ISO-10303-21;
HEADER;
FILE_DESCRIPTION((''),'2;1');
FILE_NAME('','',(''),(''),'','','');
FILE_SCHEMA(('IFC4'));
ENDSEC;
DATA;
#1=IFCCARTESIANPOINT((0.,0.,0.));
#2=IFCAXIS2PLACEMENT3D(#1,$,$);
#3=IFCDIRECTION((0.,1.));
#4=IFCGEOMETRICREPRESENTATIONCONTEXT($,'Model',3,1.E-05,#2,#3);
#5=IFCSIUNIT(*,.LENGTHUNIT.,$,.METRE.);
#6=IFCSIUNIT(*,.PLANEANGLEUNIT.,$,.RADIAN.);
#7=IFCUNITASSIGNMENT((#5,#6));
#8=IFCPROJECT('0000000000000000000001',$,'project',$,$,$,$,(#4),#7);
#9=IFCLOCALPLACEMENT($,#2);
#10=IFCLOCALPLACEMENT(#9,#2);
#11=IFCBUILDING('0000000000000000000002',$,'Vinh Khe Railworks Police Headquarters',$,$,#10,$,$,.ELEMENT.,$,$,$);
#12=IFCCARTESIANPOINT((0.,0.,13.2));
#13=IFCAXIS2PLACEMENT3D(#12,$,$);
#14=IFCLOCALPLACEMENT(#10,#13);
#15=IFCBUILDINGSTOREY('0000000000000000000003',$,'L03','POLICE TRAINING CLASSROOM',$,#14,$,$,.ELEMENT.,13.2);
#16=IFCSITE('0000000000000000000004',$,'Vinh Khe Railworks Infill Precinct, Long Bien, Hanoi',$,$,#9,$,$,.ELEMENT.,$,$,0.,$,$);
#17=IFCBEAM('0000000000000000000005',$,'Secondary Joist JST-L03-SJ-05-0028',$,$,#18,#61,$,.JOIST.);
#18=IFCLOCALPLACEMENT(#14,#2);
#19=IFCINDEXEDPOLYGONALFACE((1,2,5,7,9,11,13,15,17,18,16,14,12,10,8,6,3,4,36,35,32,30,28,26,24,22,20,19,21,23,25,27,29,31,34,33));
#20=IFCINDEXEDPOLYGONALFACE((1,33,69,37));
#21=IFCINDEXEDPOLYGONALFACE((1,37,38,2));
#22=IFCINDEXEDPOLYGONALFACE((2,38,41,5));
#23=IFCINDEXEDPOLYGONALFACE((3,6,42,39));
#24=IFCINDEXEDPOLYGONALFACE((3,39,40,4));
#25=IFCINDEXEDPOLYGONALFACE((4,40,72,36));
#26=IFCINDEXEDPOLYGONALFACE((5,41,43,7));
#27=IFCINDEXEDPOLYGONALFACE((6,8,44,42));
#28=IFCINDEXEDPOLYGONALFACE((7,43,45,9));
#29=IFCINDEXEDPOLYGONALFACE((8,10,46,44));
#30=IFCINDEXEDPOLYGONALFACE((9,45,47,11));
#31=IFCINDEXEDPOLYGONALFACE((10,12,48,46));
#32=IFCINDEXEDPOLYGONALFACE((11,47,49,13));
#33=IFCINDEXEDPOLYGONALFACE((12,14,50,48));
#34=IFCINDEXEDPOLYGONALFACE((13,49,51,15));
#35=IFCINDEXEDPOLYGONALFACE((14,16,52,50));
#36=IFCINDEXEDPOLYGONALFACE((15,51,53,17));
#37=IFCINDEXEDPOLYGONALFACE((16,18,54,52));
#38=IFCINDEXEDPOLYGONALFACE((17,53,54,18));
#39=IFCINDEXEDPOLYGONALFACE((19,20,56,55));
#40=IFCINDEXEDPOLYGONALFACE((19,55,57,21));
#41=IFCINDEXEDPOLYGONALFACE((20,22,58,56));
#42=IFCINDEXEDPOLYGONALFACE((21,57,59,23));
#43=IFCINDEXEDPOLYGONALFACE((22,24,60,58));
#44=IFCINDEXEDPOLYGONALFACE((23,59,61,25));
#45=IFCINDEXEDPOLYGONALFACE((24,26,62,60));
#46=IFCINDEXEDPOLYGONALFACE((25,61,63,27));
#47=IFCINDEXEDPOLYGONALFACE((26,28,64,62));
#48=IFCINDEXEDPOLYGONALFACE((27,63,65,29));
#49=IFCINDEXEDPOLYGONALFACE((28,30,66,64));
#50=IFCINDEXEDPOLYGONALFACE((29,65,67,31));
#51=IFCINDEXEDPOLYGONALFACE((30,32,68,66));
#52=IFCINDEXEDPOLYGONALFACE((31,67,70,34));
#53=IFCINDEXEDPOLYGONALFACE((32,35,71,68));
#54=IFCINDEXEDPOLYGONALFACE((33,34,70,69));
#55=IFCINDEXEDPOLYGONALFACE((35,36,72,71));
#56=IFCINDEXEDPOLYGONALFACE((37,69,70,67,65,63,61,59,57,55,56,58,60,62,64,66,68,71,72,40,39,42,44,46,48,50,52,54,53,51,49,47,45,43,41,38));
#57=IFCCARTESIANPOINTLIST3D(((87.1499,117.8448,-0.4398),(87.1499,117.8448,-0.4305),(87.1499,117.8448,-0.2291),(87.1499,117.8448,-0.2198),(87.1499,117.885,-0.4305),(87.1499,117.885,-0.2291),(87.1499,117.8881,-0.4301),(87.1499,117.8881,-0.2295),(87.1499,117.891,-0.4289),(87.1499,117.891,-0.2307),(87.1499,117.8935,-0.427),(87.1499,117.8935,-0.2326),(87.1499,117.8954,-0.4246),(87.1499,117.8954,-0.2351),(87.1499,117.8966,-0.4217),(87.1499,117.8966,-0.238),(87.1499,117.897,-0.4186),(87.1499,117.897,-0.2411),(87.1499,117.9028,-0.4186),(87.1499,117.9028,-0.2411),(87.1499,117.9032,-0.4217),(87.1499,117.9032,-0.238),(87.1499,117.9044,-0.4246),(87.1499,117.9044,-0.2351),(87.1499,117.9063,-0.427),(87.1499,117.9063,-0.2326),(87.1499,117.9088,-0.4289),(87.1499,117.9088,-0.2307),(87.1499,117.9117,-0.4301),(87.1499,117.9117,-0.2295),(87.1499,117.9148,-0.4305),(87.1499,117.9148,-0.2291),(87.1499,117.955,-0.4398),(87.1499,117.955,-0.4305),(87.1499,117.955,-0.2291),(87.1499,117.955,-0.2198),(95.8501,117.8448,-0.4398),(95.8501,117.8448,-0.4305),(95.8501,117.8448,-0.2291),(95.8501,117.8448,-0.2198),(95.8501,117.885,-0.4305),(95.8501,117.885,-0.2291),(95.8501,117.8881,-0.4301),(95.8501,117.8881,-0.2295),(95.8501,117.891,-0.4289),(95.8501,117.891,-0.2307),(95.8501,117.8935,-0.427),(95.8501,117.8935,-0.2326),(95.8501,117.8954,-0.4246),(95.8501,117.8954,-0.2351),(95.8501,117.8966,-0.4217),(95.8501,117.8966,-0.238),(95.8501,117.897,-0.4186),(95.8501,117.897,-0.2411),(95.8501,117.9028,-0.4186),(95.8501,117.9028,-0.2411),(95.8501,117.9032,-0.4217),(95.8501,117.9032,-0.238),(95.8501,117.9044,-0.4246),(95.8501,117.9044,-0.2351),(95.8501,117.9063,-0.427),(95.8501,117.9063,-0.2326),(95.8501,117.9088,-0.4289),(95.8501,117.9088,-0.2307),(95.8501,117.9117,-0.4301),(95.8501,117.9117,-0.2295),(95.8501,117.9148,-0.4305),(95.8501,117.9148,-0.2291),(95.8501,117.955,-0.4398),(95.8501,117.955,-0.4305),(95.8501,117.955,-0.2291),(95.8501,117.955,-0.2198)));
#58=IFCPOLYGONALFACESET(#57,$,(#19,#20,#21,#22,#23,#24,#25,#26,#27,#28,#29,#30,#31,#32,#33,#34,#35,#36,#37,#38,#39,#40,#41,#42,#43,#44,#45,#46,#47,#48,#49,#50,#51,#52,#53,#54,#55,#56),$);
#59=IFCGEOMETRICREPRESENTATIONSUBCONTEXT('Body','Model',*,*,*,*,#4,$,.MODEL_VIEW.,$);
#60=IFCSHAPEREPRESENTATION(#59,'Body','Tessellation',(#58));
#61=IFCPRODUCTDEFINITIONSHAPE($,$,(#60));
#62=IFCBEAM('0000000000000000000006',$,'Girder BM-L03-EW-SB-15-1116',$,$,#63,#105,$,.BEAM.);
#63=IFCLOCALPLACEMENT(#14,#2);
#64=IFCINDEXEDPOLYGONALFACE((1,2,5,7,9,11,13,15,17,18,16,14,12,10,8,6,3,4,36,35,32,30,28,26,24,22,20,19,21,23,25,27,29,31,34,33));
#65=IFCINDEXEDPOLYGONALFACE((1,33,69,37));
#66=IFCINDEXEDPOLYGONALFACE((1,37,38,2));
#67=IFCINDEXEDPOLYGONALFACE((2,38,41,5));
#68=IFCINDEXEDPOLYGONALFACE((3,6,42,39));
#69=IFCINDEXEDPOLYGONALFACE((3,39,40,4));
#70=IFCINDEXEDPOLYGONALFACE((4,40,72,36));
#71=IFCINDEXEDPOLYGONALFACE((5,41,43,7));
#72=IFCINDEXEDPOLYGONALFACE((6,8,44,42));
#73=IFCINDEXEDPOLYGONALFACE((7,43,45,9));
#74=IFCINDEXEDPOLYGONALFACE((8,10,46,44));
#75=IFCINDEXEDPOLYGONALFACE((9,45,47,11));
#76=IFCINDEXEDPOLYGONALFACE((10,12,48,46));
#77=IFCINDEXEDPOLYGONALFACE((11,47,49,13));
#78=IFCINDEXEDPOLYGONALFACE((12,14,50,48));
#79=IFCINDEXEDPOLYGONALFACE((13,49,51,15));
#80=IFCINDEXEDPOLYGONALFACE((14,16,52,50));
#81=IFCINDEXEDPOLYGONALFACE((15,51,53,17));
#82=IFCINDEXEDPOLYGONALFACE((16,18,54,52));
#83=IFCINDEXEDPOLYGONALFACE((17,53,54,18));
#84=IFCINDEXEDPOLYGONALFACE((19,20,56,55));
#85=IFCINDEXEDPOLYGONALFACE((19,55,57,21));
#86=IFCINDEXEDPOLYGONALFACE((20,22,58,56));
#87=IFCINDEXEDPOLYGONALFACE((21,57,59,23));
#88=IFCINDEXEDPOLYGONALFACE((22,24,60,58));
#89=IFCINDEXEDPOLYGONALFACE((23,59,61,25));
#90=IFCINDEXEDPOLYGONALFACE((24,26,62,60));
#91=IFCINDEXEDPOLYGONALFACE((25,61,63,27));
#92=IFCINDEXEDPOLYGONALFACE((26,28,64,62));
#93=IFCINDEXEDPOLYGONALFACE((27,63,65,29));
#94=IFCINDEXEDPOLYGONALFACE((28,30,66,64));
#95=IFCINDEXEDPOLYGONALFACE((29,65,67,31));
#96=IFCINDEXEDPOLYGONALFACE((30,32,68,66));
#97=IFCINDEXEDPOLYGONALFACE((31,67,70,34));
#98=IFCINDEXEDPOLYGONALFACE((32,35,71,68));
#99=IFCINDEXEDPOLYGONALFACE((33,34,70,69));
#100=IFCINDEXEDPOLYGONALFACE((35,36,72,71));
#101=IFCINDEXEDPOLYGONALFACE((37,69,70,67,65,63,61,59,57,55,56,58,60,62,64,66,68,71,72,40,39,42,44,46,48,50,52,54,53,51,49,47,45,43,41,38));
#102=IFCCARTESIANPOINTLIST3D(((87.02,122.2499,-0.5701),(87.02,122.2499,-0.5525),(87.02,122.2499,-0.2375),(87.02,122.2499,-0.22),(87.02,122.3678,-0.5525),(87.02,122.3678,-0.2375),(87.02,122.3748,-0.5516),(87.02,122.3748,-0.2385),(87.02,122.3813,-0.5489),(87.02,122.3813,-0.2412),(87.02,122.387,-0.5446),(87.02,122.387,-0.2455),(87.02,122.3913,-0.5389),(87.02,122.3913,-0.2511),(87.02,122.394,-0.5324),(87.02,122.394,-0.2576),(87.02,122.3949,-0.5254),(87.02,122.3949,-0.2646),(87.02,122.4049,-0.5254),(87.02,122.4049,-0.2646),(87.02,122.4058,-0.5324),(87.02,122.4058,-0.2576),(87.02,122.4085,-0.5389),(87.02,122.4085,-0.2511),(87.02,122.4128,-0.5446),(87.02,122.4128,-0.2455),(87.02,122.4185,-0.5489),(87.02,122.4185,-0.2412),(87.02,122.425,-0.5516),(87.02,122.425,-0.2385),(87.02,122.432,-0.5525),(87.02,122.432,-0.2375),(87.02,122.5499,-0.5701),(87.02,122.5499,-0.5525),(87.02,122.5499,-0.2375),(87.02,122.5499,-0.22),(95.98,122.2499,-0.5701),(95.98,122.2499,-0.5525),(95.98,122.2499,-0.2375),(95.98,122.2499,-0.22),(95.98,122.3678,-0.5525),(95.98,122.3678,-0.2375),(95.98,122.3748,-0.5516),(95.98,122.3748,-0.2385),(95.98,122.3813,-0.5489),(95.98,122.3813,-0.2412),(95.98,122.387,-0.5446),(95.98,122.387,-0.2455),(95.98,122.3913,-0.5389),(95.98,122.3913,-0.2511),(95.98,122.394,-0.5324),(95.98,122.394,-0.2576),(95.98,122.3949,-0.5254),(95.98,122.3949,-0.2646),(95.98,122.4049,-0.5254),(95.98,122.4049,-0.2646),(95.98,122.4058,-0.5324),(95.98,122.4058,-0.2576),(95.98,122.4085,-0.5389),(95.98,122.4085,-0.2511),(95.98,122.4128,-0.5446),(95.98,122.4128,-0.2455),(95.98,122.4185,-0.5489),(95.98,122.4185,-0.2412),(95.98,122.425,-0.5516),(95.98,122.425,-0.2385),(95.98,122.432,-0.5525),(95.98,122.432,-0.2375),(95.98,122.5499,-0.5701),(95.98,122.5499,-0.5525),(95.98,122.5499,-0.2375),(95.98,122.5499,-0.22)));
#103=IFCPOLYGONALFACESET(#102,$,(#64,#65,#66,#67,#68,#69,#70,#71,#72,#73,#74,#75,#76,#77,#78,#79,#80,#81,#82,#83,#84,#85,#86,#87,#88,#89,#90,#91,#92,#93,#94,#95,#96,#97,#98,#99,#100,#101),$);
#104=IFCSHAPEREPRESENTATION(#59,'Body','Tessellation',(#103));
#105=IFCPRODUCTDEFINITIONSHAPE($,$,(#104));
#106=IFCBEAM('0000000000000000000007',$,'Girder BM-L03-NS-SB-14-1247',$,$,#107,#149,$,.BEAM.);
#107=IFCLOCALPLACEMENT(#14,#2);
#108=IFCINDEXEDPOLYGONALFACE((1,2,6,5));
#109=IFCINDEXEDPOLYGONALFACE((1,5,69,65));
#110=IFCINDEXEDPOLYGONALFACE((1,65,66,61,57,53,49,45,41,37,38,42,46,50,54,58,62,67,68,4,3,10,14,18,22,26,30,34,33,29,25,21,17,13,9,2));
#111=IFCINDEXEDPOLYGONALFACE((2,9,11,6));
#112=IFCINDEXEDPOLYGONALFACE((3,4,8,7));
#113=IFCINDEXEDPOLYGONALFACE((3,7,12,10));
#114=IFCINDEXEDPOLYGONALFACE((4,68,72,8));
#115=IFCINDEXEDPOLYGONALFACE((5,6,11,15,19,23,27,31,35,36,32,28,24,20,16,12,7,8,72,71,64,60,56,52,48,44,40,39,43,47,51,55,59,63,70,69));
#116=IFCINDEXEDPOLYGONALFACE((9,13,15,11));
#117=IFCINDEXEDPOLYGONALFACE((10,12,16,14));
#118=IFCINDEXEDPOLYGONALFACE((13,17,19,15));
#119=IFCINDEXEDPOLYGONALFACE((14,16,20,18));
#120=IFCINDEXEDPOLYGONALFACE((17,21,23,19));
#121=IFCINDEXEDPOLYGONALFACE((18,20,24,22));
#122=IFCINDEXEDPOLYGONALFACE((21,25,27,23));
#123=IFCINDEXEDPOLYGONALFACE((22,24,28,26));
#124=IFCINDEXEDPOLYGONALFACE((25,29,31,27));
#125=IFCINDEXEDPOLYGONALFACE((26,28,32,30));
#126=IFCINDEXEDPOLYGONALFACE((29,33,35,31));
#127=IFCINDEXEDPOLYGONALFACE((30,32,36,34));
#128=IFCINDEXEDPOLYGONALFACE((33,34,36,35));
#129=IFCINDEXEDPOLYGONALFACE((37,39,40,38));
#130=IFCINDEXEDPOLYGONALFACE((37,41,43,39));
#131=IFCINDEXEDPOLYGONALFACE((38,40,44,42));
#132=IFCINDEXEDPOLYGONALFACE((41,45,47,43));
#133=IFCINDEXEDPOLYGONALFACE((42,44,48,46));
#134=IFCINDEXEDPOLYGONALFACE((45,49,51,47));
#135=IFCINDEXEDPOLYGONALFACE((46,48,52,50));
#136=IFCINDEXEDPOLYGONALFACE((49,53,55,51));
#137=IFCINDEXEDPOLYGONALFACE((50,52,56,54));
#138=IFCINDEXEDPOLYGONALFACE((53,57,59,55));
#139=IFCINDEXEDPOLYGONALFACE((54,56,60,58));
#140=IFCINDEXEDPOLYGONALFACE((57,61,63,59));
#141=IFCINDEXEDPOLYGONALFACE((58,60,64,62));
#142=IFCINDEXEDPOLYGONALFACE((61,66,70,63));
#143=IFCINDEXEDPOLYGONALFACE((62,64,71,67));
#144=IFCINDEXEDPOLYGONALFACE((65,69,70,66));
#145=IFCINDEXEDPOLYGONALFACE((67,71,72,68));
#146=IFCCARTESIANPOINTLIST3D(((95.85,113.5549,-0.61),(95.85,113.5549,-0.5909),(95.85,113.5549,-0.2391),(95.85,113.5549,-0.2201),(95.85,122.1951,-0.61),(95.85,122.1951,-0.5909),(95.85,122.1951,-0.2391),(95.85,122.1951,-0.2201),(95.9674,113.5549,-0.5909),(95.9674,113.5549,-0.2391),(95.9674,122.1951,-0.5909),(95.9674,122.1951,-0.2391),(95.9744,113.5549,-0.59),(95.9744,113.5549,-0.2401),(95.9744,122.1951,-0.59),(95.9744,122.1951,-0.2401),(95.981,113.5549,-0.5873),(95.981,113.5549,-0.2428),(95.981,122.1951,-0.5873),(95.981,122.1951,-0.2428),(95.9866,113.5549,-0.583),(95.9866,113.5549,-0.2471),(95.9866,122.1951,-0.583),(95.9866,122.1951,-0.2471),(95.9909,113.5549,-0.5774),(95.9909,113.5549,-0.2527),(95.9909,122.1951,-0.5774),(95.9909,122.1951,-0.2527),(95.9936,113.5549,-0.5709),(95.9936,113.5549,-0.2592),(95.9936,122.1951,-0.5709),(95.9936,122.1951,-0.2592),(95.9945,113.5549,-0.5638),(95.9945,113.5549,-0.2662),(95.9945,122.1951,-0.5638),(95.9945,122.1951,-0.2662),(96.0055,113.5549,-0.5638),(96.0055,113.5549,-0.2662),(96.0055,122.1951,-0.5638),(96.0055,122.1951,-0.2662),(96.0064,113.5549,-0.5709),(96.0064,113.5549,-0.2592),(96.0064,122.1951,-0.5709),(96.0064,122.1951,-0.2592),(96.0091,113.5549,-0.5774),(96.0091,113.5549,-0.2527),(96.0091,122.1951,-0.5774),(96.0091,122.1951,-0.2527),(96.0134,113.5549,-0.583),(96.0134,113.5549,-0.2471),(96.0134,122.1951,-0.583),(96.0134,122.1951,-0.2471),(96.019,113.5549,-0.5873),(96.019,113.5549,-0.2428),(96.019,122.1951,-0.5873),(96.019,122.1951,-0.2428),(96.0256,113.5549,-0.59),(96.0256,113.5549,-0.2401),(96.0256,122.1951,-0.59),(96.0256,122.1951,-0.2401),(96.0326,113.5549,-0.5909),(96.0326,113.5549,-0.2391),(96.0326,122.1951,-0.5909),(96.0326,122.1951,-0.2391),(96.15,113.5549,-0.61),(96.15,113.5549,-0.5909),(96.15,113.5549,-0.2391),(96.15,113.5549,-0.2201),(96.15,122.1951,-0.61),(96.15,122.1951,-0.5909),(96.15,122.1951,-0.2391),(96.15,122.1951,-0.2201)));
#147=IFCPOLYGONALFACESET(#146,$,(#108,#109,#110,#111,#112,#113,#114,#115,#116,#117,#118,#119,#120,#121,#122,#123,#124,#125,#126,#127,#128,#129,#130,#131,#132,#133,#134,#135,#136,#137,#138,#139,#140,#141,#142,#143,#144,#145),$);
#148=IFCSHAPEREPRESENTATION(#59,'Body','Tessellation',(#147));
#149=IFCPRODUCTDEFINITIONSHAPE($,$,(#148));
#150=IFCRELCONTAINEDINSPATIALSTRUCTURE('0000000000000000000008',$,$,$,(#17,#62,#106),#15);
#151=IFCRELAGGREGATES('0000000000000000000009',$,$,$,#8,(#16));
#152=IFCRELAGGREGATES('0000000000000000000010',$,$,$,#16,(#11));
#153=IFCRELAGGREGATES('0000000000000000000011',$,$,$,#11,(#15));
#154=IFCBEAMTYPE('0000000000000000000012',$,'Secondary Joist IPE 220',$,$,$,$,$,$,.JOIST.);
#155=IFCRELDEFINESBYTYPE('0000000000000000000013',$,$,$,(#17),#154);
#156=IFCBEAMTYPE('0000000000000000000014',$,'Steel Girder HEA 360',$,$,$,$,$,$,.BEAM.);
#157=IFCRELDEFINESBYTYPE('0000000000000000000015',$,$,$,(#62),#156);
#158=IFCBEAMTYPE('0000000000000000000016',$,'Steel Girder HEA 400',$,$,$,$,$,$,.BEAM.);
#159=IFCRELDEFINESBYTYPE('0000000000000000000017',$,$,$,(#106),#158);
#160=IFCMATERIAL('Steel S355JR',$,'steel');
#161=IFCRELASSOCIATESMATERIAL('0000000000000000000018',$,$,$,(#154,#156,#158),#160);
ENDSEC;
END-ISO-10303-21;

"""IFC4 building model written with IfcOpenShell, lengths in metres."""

from ifc_helpers import new_model, si_unit, direction, frame, origin, origin_2d, place, context, subcontext, project, spatial, i_section, extrude, material, material_profile, profile_set, type_object, element, save


model = new_model("IFC4")

# Units and contexts
model_context = context("Model", 3, precision=1e-05, world=origin(), true_north=direction((0.0, 1.0)))
body_context = subcontext(model_context, "Body", "Model", "MODEL_VIEW")
ifc_project = project(units=[si_unit("LENGTHUNIT", "METRE"), si_unit("PLANEANGLEUNIT", "RADIAN")], contexts=[model_context])

# Site, building, storey
site_placement = place(None, origin())
site = spatial("IfcSite", under=ifc_project, at=site_placement, Name="Vinh Khe Railworks Infill Precinct, Long Bien, Hanoi", CompositionType="ELEMENT", RefElevation=0.0)
building_placement = place(site_placement, origin())
building = spatial("IfcBuilding", under=site, at=building_placement, Name="Vinh Khe Railworks Police Headquarters", CompositionType="ELEMENT")
storey_placement = place(building_placement, frame((0.0, 0.0, 13.2)))
storey = spatial("IfcBuildingStorey", under=building, at=storey_placement, Name="L03", Description="POLICE TRAINING CLASSROOM", CompositionType="ELEMENT", Elevation=13.2)

# Shared definitions
ifc_material_1 = material(Name="Steel S355JR", Category="steel")

# Beams
ifc_material_profile_1 = material_profile(ifc_material_1, i_section(OverallWidth=0.1101, OverallDepth=0.22, WebThickness=0.0059, FlangeThickness=0.0093, FilletRadius=0.012, at=origin_2d()), Name="IPE 220")
ifc_profile_set_1 = profile_set([ifc_material_profile_1], Name="Steel S355JR")
beam_type_1 = type_object("IfcBeamType", Name="Secondary Joist IPE 220", PredefinedType="JOIST", material=ifc_profile_set_1)
beam_1_placement = place(storey_placement, frame((87.1499, 117.8999, -0.3298), z_axis=(1.0, 0.0, 0.0), x_axis=(0.0, 1.0, 0.0)))
element("IfcBeam", 1, at=beam_1_placement, inside=storey, type_object=beam_type_1, Name="Secondary Joist JST-L03-SJ-05-0028", PredefinedType="JOIST", context=body_context, shape_type="SweptSolid", body=[
    extrude(i_section(OverallWidth=0.1101, OverallDepth=0.22, WebThickness=0.0059, FlangeThickness=0.0093, FilletRadius=0.012, at=origin_2d()), origin(), (0.0, 0.0, 1.0), 8.7002),
])
ifc_material_profile_2 = material_profile(ifc_material_1, i_section(OverallWidth=0.3, OverallDepth=0.3501, WebThickness=0.01, FlangeThickness=0.0176, FilletRadius=0.0271, at=origin_2d()), Name="HEA 360")
ifc_profile_set_2 = profile_set([ifc_material_profile_2], Name="Steel S355JR")
beam_type_2 = type_object("IfcBeamType", Name="Steel Girder HEA 360", PredefinedType="BEAM", material=ifc_profile_set_2)
beam_2_placement = place(storey_placement, frame((87.02, 122.3999, -0.395), z_axis=(1.0, 0.0, 0.0), x_axis=(0.0, 1.0, 0.0)))
element("IfcBeam", 2, at=beam_2_placement, inside=storey, type_object=beam_type_2, Name="Girder BM-L03-EW-SB-15-1116", PredefinedType="BEAM", context=body_context, shape_type="SweptSolid", body=[
    extrude(i_section(OverallWidth=0.3, OverallDepth=0.3501, WebThickness=0.01, FlangeThickness=0.0176, FilletRadius=0.0271, at=origin_2d()), origin(), (0.0, 0.0, 1.0), 8.96),
])
ifc_material_profile_3 = material_profile(ifc_material_1, i_section(OverallWidth=0.3, OverallDepth=0.3899, WebThickness=0.011, FlangeThickness=0.019, FilletRadius=0.0271, at=origin_2d()), Name="HEA 400")
ifc_profile_set_3 = profile_set([ifc_material_profile_3], Name="Steel S355JR")
beam_type_3 = type_object("IfcBeamType", Name="Steel Girder HEA 400", PredefinedType="BEAM", material=ifc_profile_set_3)
beam_3_placement = place(storey_placement, frame((96.0, 113.5549, -0.415), z_axis=(0.0, 1.0, 0.0), x_axis=(-1.0, 0.0, 0.0)))
element("IfcBeam", 3, at=beam_3_placement, inside=storey, type_object=beam_type_3, Name="Girder BM-L03-NS-SB-14-1247", PredefinedType="BEAM", context=body_context, shape_type="SweptSolid", body=[
    extrude(i_section(OverallWidth=0.3, OverallDepth=0.3899, WebThickness=0.011, FlangeThickness=0.019, FilletRadius=0.0271, at=origin_2d()), origin(), (0.0, 0.0, 1.0), 8.6401),
])

save(model, "model.ifc")
